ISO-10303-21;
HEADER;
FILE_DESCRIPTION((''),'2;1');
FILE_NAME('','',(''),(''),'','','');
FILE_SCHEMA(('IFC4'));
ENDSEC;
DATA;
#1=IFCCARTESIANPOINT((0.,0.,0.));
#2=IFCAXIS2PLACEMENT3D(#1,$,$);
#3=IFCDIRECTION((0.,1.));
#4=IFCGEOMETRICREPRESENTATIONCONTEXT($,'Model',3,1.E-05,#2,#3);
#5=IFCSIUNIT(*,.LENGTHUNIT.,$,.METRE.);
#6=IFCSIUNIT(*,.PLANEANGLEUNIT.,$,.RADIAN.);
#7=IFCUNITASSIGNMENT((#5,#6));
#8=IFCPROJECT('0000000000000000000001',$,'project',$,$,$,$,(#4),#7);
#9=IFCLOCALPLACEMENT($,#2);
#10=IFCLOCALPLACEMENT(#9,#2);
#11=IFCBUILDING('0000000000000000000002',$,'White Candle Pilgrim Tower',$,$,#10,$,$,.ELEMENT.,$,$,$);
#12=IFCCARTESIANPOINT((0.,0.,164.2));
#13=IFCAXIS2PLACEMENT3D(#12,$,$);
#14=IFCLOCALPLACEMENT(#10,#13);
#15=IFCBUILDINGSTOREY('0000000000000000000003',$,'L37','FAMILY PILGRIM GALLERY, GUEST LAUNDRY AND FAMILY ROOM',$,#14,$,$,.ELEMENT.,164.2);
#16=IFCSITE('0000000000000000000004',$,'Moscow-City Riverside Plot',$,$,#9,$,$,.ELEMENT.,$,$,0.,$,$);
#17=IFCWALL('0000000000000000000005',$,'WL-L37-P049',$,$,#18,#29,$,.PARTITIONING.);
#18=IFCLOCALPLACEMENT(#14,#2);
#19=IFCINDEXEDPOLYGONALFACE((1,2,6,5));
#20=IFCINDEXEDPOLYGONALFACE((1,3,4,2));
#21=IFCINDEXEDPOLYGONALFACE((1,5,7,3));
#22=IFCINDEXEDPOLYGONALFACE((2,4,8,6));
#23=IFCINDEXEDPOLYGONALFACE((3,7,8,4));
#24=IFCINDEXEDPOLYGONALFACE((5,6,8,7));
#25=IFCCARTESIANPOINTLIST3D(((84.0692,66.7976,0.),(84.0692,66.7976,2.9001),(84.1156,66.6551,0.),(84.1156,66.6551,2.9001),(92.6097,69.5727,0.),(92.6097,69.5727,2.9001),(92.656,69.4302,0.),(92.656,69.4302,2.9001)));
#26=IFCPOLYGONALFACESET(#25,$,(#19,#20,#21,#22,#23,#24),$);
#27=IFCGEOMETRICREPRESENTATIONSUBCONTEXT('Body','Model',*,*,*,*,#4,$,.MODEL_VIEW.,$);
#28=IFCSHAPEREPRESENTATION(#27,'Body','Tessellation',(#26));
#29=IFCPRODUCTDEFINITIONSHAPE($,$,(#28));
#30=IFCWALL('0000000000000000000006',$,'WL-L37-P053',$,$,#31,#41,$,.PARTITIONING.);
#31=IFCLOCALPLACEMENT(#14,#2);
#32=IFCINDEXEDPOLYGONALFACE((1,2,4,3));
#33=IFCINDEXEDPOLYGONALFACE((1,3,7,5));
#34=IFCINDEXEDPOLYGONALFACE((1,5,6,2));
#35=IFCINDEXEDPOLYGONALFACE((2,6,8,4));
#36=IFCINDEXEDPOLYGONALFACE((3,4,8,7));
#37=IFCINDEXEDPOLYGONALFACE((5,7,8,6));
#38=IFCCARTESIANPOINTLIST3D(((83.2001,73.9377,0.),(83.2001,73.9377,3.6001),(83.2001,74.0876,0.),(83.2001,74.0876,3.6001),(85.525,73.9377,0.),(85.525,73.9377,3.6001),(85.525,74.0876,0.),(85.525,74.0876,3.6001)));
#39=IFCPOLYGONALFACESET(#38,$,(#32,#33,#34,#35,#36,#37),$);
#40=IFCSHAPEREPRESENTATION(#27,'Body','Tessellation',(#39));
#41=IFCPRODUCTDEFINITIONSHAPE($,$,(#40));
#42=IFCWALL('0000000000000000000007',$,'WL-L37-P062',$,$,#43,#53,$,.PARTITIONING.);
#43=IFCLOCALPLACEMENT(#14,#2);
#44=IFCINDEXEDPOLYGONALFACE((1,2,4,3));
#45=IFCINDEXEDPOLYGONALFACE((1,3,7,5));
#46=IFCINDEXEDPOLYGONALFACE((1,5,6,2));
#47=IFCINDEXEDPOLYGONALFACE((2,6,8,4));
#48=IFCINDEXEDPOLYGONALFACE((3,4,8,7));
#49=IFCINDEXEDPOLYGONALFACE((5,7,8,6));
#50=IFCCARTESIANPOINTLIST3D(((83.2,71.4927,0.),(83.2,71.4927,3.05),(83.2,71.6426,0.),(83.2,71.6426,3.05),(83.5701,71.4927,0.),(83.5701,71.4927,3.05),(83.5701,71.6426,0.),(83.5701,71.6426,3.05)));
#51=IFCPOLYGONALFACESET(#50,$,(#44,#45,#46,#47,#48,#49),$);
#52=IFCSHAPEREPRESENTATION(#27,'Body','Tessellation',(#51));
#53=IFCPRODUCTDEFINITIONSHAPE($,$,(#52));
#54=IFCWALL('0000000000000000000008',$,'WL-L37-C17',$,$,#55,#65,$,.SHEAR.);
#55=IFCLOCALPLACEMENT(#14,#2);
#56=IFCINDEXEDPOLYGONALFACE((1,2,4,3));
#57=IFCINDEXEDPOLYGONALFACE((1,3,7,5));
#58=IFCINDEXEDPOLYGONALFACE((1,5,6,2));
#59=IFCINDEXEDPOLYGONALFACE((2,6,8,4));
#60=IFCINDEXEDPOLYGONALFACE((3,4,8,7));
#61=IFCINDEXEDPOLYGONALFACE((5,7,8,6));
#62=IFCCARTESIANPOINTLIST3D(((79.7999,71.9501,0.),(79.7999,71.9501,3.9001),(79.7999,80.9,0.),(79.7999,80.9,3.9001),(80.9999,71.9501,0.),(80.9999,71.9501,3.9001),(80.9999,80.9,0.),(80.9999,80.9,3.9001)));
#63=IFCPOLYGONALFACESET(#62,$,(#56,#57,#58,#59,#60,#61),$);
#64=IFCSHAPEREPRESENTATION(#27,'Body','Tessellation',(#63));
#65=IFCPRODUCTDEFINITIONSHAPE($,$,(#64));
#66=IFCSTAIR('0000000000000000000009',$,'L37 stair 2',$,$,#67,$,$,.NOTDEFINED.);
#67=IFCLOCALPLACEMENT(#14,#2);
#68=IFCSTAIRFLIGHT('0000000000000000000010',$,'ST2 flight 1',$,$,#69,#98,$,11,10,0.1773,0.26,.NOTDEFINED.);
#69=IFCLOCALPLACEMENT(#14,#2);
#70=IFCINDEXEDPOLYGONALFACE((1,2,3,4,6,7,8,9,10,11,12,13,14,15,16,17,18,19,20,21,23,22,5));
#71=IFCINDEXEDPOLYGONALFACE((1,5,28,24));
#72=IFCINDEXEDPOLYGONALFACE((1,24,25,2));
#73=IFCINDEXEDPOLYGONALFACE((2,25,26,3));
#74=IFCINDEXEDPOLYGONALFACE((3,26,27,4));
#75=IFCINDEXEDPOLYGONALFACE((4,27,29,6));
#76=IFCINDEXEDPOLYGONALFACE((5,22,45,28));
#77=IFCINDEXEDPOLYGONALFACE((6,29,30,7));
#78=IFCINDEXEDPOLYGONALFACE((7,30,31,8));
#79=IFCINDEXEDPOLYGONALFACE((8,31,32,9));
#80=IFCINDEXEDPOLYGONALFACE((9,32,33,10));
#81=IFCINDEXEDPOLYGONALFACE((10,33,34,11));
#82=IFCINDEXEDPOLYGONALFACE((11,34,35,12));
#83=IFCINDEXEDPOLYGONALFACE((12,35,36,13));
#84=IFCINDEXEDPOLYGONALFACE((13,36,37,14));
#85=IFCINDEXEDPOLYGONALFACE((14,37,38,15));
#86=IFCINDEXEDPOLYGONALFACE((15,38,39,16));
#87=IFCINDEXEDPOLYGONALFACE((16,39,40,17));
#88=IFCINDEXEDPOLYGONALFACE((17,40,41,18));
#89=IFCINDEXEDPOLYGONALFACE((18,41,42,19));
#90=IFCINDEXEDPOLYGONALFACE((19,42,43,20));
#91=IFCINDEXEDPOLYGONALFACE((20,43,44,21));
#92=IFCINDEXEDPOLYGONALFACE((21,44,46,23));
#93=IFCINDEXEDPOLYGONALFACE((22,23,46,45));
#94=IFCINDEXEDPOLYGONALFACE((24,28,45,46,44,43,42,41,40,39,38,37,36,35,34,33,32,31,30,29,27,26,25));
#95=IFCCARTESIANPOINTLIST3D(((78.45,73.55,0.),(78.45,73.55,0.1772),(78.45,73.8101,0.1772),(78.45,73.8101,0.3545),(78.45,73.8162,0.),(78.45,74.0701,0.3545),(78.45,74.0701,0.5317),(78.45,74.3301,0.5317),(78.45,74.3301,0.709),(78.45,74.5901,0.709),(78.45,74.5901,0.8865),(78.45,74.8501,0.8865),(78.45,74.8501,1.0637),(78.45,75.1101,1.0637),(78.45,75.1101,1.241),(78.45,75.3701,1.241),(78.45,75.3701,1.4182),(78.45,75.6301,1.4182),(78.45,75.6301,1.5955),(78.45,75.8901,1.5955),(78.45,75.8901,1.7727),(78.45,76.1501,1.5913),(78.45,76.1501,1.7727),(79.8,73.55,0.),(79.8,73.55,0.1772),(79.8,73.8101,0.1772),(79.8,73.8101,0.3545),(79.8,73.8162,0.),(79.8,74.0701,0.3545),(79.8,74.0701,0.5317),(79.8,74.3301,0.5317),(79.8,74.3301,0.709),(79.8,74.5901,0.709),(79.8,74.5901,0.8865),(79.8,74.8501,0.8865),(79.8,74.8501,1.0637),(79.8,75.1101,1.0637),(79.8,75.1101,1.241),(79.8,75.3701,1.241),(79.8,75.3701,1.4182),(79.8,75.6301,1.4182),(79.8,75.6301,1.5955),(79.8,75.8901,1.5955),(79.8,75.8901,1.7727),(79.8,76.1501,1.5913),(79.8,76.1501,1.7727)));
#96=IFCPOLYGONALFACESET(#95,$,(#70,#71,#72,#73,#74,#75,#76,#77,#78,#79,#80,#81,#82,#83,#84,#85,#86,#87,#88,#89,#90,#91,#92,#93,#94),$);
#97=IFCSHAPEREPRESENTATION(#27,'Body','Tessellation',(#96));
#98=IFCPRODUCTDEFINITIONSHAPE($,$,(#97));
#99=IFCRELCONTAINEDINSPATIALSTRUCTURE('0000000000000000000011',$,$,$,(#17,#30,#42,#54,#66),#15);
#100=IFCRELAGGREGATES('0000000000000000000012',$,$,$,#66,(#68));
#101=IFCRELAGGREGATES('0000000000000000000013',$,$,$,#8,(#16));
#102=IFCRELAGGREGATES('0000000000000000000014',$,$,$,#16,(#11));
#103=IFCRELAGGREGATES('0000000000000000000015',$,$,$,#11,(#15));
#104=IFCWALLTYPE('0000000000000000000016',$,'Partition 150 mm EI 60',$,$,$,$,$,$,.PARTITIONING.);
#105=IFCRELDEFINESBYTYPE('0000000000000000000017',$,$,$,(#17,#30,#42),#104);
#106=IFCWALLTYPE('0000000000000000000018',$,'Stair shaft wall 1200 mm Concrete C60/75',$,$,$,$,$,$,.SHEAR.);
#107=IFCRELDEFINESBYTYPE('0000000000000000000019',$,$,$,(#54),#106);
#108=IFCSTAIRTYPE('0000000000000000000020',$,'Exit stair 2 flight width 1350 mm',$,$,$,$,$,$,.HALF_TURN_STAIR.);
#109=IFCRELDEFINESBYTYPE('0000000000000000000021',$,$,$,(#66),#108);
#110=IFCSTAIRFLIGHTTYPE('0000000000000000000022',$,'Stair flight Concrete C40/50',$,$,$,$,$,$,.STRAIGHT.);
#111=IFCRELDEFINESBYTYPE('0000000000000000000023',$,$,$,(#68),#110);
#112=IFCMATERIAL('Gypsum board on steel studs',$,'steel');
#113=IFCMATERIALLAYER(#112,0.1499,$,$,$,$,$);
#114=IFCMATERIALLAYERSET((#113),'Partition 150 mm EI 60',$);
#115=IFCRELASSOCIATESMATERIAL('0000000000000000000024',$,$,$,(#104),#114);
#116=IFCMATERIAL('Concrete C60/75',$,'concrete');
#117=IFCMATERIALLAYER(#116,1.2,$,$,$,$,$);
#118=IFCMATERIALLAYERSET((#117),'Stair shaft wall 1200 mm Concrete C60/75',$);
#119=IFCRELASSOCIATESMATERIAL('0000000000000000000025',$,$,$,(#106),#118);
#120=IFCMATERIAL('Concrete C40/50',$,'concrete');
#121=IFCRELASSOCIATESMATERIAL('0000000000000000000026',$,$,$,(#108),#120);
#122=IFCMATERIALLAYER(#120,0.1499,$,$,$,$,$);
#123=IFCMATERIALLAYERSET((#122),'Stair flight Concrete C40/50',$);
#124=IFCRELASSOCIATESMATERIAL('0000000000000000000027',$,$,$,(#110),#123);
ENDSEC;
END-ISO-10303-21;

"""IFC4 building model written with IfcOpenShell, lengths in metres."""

from ifc_helpers import new_model, si_unit, direction, frame, frame_2d, origin, place, context, subcontext, project, spatial, polyline, rectangle, outline, extrude, material, layer, layer_set, type_object, element, aggregate, save


model = new_model("IFC4")

# Units and contexts
model_context = context("Model", 3, precision=1e-05, world=origin(), true_north=direction((0.0, 1.0)))
body_context = subcontext(model_context, "Body", "Model", "MODEL_VIEW")
ifc_project = project(units=[si_unit("LENGTHUNIT", "METRE"), si_unit("PLANEANGLEUNIT", "RADIAN")], contexts=[model_context])

# Site, building, storey
site_placement = place(None, origin())
site = spatial("IfcSite", under=ifc_project, at=site_placement, Name="Moscow-City Riverside Plot", CompositionType="ELEMENT", RefElevation=0.0)
building_placement = place(site_placement, origin())
building = spatial("IfcBuilding", under=site, at=building_placement, Name="White Candle Pilgrim Tower", CompositionType="ELEMENT")
storey_placement = place(building_placement, frame((0.0, 0.0, 164.2)))
storey = spatial("IfcBuildingStorey", under=building, at=storey_placement, Name="L37", Description="FAMILY PILGRIM GALLERY, GUEST LAUNDRY AND FAMILY ROOM", CompositionType="ELEMENT", Elevation=164.2)

# Shared definitions
ifc_material_1 = material(Name="Gypsum board on steel studs", Category="steel")

# Walls
ifc_layer_1 = layer(ifc_material_1, 0.1499)
ifc_layer_set_1 = layer_set([ifc_layer_1], Name="Partition 150 mm EI 60")
wall_type_1 = type_object("IfcWallType", Name="Partition 150 mm EI 60", PredefinedType="PARTITIONING", material=ifc_layer_set_1)
wall_1_placement = place(storey_placement, frame((92.6328, 69.5015, 0.0), z_axis=(0.0, 0.0, 1.0), x_axis=(-0.951051, -0.309033, 0.0)))
element("IfcWall", 1, at=wall_1_placement, inside=storey, type_object=wall_type_1, Name="WL-L37-P049", PredefinedType="PARTITIONING", context=body_context, shape_type="SweptSolid", body=[
    extrude(rectangle(XDim=8.98, YDim=0.1499, at=frame_2d((4.49, 0.0))), origin(), (0.0, 0.0, 1.0), 2.9001),
])
wall_2_placement = place(storey_placement, frame((83.2, 74.0127, 0.0), z_axis=(0.0, 0.0, 1.0), x_axis=(1.0, 0.0, 0.0)))
element("IfcWall", 2, at=wall_2_placement, inside=storey, type_object=wall_type_1, Name="WL-L37-P053", PredefinedType="PARTITIONING", context=body_context, shape_type="SweptSolid", body=[
    extrude(rectangle(XDim=2.325, YDim=0.1499, at=frame_2d((1.1626, 0.0))), origin(), (0.0, 0.0, 1.0), 3.6001),
])
wall_3_placement = place(storey_placement, frame((83.5701, 71.5676, 0.0), z_axis=(0.0, 0.0, 1.0), x_axis=(-1.0, 0.0, 0.0)))
element("IfcWall", 3, at=wall_3_placement, inside=storey, type_object=wall_type_1, Name="WL-L37-P062", PredefinedType="PARTITIONING", context=body_context, shape_type="SweptSolid", body=[
    extrude(rectangle(XDim=0.3701, YDim=0.1499, at=frame_2d((0.1851, 0.0))), origin(), (0.0, 0.0, 1.0), 3.05),
])
ifc_material_2 = material(Name="Concrete C60/75", Category="concrete")
ifc_layer_2 = layer(ifc_material_2, 1.2)
ifc_layer_set_2 = layer_set([ifc_layer_2], Name="Stair shaft wall 1200 mm Concrete C60/75")
wall_type_2 = type_object("IfcWallType", Name="Stair shaft wall 1200 mm Concrete C60/75", PredefinedType="SHEAR", material=ifc_layer_set_2)
wall_4_placement = place(storey_placement, frame((80.3999, 71.95, 0.0), z_axis=(0.0, 0.0, 1.0), x_axis=(0.0, 1.0, 0.0)))
element("IfcWall", 4, at=wall_4_placement, inside=storey, type_object=wall_type_2, Name="WL-L37-C17", PredefinedType="SHEAR", context=body_context, shape_type="SweptSolid", body=[
    extrude(rectangle(XDim=8.95, YDim=1.2, at=frame_2d((4.4751, 0.0))), origin(), (0.0, 0.0, 1.0), 3.9001),
])

# Stair, stair flight
ifc_material_3 = material(Name="Concrete C40/50", Category="concrete")
stair_type = type_object("IfcStairType", Name="Exit stair 2 flight width 1350 mm", PredefinedType="HALF_TURN_STAIR", material=ifc_material_3)
stair_placement = place(storey_placement, origin())
stair = element("IfcStair", 5, at=stair_placement, inside=storey, type_object=stair_type, Name="L37 stair 2", PredefinedType="NOTDEFINED")
ifc_layer_3 = layer(ifc_material_3, 0.1499)
ifc_layer_set_3 = layer_set([ifc_layer_3], Name="Stair flight Concrete C40/50")
stair_flight_type = type_object("IfcStairFlightType", Name="Stair flight Concrete C40/50", PredefinedType="STRAIGHT", material=ifc_layer_set_3)
stair_flight_placement = place(storey_placement, frame((79.125, 73.55, 0.0), z_axis=(0.0, 0.0, 1.0), x_axis=(0.0, 1.0, 0.0)))
stair_flight = element("IfcStairFlight", 6, at=stair_flight_placement, type_object=stair_flight_type, Name="ST2 flight 1", NumberOfRisers=11, NumberOfTreads=10, PredefinedType="NOTDEFINED", RiserHeight=0.1773, TreadLength=0.26, context=body_context, shape_type="SweptSolid", body=[
    extrude(outline(polyline([(0.0, 0.0), (0.0, 0.1772), (0.26, 0.1772), (0.26, 0.3545), (0.52, 0.3545), (0.52, 0.5317), (0.78, 0.5317), (0.78, 0.709), (1.04, 0.709), (1.04, 0.8865), (1.3, 0.8865), (1.3, 1.0637), (1.5601, 1.0637), (1.5601, 1.241), (1.8201, 1.241), (1.8201, 1.4182), (2.0801, 1.4182), (2.0801, 1.5955), (2.3401, 1.5955), (2.3401, 1.7727), (2.6001, 1.7727), (2.6001, 1.95), (2.6001, 1.5913), (0.2661, 0.0), (0.0, 0.0)])), frame((0.0, 0.675, 0.0), z_axis=(0.0, -1.0, 0.0), x_axis=(1.0, 0.0, 0.0)), (0.0, 0.0, 1.0), 1.3501),
])
aggregate(stair, [stair_flight])

save(model, "model.ifc")
